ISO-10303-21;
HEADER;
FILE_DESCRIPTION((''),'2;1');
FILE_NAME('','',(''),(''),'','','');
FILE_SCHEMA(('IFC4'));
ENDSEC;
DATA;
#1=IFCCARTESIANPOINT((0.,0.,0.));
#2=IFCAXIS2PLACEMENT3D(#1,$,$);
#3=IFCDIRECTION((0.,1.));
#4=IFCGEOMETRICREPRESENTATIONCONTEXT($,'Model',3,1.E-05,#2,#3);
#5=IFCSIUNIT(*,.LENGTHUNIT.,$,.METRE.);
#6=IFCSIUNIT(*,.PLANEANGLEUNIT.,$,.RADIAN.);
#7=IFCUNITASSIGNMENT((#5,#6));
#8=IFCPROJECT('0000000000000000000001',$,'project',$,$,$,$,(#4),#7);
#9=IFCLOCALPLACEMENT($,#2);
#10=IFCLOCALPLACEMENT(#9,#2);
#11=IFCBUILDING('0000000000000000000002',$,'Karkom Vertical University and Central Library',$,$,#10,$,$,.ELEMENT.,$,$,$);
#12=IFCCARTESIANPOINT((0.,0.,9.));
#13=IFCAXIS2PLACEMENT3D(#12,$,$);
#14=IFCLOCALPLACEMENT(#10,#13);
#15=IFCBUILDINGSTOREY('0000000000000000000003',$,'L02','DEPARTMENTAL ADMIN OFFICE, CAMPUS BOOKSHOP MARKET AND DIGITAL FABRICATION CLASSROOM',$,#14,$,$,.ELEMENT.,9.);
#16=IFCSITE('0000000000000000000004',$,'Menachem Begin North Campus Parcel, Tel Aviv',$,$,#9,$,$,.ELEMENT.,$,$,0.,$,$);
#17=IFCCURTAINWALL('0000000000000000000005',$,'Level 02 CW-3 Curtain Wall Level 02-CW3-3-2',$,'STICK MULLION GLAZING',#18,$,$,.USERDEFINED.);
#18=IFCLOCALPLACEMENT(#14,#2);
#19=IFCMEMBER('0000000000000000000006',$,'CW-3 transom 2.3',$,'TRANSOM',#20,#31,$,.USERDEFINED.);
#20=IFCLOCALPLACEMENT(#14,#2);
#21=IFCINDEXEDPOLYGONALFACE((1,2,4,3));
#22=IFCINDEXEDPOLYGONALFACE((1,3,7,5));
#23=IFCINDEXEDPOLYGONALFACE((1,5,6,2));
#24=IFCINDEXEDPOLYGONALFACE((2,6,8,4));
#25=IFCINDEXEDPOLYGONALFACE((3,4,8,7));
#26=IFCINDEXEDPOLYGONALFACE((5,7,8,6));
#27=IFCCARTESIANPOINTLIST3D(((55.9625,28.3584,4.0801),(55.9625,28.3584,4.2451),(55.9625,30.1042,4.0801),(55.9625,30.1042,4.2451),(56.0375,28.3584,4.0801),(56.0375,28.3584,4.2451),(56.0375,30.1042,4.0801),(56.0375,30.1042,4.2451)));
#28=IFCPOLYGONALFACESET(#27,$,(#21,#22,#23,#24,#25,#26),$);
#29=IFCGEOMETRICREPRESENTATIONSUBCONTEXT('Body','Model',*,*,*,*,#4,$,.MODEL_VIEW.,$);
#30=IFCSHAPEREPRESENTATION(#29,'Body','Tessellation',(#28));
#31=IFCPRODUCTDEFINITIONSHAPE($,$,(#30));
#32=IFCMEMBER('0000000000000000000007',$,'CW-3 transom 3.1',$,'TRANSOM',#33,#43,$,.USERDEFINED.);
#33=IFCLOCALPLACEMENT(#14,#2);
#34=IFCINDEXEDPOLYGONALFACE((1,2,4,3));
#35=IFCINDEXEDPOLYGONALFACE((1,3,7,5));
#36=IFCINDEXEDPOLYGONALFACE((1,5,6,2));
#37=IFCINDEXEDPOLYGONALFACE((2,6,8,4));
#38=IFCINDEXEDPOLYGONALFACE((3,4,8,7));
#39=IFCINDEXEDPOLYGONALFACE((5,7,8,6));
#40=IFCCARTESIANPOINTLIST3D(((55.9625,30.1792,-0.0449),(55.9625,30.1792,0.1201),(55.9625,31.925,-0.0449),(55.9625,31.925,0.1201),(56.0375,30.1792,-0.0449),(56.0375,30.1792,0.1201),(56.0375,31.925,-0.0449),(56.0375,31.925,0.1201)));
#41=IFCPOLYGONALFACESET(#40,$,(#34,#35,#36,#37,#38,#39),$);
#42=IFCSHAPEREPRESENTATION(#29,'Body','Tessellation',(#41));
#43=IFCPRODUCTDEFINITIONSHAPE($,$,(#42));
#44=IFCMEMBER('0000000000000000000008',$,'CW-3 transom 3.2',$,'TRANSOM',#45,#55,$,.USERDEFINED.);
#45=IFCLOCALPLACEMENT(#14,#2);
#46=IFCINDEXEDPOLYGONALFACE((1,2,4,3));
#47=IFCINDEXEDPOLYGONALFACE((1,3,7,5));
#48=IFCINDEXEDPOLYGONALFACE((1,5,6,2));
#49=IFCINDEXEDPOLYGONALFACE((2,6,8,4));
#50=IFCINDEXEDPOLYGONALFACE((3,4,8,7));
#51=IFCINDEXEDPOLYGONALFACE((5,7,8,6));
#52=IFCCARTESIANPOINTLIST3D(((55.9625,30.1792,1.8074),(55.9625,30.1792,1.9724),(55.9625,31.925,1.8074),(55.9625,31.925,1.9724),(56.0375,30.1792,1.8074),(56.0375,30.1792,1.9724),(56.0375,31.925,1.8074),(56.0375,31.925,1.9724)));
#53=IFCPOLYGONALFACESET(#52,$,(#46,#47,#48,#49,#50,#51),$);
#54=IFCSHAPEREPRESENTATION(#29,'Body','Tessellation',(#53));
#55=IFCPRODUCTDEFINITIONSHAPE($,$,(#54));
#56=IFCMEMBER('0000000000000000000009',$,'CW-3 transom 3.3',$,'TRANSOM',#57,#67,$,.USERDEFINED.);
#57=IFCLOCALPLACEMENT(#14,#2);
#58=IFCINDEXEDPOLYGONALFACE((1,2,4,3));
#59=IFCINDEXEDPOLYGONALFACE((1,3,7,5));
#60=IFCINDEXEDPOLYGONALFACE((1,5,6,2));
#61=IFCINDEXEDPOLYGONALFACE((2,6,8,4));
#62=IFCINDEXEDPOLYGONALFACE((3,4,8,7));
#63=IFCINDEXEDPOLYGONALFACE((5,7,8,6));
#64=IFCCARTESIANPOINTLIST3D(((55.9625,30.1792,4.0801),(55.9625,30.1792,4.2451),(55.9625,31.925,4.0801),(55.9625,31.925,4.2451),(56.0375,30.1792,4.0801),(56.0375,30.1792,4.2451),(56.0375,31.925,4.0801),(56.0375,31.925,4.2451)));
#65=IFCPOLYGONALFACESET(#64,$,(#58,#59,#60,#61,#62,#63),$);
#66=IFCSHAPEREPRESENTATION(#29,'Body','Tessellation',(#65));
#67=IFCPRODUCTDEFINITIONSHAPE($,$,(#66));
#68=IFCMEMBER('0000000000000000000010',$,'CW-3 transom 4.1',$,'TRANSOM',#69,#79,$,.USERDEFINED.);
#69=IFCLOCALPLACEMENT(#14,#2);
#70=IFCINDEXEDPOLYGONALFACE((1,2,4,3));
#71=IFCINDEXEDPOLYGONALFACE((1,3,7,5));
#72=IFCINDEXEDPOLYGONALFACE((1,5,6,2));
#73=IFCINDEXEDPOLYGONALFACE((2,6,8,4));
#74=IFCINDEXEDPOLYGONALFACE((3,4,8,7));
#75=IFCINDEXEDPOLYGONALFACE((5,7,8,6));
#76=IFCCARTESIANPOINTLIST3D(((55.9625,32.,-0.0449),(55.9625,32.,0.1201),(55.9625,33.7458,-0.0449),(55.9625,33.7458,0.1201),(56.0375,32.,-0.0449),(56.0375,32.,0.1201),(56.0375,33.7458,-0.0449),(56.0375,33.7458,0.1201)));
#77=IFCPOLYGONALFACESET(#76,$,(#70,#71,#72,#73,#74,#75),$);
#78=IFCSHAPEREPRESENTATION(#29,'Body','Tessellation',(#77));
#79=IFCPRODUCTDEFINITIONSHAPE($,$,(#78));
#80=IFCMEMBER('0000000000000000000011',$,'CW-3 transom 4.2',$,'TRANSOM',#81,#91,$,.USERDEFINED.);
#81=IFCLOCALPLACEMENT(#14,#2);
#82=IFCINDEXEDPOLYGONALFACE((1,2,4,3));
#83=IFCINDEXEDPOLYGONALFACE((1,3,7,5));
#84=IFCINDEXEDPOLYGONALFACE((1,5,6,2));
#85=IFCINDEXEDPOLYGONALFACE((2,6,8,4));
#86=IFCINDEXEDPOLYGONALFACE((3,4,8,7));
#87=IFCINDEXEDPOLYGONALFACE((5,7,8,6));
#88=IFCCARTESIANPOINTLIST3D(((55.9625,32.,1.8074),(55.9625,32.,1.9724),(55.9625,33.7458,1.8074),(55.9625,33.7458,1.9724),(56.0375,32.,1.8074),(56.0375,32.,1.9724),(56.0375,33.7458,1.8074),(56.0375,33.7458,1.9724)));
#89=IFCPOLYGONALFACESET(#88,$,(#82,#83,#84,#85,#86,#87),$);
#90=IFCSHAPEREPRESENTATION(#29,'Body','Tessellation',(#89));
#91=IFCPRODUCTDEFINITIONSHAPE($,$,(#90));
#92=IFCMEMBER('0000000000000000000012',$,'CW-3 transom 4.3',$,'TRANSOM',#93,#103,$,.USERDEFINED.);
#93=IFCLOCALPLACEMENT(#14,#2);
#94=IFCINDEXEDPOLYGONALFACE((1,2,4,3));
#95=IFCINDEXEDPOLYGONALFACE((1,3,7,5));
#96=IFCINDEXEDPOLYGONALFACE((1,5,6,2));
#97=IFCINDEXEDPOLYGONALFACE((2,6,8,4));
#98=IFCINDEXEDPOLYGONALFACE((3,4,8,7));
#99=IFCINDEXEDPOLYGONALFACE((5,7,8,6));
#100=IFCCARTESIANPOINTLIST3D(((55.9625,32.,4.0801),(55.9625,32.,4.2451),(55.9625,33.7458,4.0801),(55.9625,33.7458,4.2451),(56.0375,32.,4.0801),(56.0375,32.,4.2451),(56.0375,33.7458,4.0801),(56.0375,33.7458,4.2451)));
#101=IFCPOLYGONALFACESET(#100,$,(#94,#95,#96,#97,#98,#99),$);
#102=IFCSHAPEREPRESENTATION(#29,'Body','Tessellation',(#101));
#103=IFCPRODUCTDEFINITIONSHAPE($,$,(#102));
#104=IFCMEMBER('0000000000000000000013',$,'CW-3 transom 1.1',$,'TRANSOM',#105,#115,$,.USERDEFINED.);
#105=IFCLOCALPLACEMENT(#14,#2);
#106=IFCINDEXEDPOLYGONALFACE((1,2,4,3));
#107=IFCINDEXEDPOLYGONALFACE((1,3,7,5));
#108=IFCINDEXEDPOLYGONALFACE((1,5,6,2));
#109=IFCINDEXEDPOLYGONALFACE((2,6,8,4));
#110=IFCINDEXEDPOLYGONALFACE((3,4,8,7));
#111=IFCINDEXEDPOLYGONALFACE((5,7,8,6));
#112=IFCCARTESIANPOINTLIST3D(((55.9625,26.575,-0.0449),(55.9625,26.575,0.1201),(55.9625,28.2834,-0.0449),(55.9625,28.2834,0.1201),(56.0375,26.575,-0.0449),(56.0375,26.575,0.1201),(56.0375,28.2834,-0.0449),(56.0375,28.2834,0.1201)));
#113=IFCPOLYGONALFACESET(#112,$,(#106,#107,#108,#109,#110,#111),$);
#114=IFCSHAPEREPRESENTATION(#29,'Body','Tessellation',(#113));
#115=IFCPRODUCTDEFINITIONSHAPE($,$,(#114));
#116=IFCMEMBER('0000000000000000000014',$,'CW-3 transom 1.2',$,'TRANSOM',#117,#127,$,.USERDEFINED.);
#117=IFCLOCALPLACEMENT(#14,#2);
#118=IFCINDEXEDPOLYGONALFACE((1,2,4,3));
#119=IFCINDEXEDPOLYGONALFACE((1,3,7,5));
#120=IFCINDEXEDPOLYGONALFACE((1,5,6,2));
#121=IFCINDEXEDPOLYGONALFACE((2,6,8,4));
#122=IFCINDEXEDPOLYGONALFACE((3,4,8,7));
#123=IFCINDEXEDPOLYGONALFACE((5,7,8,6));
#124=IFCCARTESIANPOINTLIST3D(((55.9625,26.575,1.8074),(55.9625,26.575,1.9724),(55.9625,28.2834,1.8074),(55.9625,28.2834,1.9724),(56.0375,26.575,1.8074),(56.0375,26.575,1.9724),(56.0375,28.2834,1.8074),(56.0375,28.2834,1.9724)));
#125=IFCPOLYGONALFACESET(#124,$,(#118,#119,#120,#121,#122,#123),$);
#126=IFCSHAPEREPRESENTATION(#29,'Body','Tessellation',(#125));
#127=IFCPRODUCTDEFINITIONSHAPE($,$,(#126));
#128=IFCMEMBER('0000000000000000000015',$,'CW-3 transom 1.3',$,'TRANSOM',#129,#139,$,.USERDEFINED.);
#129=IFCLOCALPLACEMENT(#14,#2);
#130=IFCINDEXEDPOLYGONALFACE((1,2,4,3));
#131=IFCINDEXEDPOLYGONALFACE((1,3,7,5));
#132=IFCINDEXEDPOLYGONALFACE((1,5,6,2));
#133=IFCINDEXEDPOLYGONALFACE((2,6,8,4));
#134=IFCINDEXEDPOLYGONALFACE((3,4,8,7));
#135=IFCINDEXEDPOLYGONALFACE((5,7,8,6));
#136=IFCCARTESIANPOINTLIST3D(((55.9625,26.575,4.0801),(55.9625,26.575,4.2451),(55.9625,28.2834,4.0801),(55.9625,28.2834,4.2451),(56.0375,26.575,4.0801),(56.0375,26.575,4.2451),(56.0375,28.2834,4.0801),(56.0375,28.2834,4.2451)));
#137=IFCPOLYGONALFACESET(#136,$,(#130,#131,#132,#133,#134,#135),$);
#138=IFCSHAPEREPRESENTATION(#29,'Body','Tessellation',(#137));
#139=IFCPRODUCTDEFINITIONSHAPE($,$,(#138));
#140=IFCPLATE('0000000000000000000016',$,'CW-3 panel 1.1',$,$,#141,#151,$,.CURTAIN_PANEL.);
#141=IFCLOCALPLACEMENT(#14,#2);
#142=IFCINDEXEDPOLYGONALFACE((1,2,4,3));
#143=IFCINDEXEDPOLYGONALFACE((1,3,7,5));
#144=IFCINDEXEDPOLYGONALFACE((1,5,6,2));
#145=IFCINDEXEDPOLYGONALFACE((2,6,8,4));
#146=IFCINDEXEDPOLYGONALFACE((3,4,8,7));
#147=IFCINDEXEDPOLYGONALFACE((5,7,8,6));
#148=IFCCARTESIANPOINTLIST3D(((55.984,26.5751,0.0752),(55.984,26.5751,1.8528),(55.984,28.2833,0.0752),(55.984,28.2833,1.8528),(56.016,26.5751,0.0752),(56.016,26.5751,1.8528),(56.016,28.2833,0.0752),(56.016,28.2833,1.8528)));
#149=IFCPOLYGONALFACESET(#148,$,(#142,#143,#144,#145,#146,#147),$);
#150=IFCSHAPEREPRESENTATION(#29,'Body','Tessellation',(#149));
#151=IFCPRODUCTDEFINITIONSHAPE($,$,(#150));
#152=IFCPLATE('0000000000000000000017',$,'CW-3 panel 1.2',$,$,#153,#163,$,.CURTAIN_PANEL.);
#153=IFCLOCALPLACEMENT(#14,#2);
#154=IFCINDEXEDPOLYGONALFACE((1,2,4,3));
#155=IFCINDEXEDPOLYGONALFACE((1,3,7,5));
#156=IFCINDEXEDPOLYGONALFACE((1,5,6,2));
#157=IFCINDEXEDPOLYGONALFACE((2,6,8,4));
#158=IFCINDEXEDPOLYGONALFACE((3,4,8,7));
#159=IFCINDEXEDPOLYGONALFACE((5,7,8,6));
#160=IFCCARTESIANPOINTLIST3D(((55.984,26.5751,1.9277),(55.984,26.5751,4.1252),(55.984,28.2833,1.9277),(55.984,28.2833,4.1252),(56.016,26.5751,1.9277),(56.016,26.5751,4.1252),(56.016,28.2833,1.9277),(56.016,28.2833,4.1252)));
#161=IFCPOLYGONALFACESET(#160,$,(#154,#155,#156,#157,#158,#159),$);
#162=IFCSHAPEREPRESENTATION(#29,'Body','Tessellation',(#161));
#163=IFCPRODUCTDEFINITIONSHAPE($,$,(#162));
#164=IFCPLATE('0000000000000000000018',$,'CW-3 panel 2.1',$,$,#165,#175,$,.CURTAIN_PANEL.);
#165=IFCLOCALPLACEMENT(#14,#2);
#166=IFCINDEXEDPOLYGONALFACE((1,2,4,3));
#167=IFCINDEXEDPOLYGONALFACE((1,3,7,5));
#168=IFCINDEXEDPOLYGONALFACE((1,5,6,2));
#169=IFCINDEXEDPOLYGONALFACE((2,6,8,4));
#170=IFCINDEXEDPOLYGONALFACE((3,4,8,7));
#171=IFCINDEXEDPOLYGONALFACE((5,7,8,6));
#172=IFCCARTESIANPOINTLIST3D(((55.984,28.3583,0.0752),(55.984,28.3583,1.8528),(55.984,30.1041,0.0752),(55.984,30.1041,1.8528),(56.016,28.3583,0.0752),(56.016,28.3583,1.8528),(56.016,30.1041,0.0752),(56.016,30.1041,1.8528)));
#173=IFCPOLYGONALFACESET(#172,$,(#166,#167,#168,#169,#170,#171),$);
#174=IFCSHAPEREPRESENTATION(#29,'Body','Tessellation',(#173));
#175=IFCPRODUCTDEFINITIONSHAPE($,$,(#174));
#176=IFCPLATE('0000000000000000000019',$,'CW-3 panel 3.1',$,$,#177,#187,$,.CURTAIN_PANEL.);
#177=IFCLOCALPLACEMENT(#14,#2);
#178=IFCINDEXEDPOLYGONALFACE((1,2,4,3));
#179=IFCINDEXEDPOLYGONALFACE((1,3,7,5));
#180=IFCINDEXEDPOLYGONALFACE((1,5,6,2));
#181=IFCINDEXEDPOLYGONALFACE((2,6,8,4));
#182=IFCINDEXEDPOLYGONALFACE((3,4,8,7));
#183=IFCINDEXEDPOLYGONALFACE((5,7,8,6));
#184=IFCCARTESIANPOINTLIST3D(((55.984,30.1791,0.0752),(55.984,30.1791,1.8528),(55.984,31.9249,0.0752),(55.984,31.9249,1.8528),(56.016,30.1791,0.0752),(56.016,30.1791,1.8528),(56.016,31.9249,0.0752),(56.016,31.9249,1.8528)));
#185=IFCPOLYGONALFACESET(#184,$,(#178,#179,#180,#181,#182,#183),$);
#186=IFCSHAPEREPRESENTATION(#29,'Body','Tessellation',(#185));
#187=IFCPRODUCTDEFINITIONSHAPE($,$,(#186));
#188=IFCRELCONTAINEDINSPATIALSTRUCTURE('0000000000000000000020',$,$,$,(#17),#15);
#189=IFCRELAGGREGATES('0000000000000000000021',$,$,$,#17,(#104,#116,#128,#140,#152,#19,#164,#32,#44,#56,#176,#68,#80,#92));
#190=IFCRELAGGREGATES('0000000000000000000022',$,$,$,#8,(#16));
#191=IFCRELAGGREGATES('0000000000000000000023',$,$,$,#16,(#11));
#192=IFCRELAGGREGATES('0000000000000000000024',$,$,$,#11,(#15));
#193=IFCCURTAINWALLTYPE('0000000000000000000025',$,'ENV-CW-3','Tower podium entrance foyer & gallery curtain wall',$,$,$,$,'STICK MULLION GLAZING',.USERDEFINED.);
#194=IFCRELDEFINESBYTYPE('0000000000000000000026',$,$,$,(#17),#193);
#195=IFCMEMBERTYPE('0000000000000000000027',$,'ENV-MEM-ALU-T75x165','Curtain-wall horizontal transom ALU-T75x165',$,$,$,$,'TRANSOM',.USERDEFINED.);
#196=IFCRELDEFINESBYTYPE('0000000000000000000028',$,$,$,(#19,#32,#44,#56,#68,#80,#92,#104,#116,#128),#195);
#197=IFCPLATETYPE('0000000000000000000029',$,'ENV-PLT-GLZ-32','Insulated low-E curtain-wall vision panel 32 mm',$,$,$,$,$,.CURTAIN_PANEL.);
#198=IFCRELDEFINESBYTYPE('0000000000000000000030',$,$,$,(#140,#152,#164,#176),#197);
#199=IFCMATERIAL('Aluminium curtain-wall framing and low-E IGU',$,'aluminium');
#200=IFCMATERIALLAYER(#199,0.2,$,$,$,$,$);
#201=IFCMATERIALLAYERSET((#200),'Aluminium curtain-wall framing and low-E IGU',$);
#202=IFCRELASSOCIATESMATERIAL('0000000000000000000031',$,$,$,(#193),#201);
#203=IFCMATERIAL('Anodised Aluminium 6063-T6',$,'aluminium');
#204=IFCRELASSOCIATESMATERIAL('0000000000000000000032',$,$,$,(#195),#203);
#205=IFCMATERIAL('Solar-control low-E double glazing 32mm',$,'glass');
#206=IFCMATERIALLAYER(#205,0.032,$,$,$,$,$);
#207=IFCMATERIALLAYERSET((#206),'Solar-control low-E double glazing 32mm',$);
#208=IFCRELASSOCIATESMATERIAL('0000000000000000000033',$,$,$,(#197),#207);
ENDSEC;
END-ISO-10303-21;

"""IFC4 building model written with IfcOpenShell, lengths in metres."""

from ifc_helpers import new_model, si_unit, direction, frame, origin, origin_with_axes, origin_2d, place, context, subcontext, project, spatial, rectangle, extrude, source, transform, mapped, material, layer, layer_set, material_profile, profile_set, type_object, element, aggregate, save


model = new_model("IFC4")

# Units and contexts
model_context = context("Model", 3, precision=1e-05, world=origin(), true_north=direction((0.0, 1.0)))
body_context = subcontext(model_context, "Body", "Model", "MODEL_VIEW")
ifc_project = project(units=[si_unit("LENGTHUNIT", "METRE"), si_unit("PLANEANGLEUNIT", "RADIAN")], contexts=[model_context])

# Site, building, storey
site_placement = place(None, origin())
site = spatial("IfcSite", under=ifc_project, at=site_placement, Name="Menachem Begin North Campus Parcel, Tel Aviv", CompositionType="ELEMENT", RefElevation=0.0)
building_placement = place(site_placement, origin())
building = spatial("IfcBuilding", under=site, at=building_placement, Name="Karkom Vertical University and Central Library", CompositionType="ELEMENT")
storey_placement = place(building_placement, frame((0.0, 0.0, 9.0)))
storey = spatial("IfcBuildingStorey", under=building, at=storey_placement, Name="L02", Description="DEPARTMENTAL ADMIN OFFICE, CAMPUS BOOKSHOP MARKET AND DIGITAL FABRICATION CLASSROOM", CompositionType="ELEMENT", Elevation=9.0)

# Curtain wall, members, plates
ifc_material_1 = material(Name="Aluminium curtain-wall framing and low-E IGU", Category="aluminium")
ifc_layer_1 = layer(ifc_material_1, 0.2)
ifc_layer_set_1 = layer_set([ifc_layer_1], Name="Aluminium curtain-wall framing and low-E IGU")
curtain_wall_type = type_object("IfcCurtainWallType", Name="ENV-CW-3", Description="Tower podium entrance foyer & gallery curtain wall", ElementType="STICK MULLION GLAZING", PredefinedType="USERDEFINED", material=ifc_layer_set_1)
curtain_wall_placement = place(storey_placement, origin())
curtain_wall = element("IfcCurtainWall", 1, at=curtain_wall_placement, inside=storey, type_object=curtain_wall_type, Name="Level 02 CW-3 Curtain Wall Level 02-CW3-3-2", ObjectType="STICK MULLION GLAZING", PredefinedType="USERDEFINED")
ifc_material_2 = material(Name="Anodised Aluminium 6063-T6", Category="aluminium")
ifc_material_profile_1 = material_profile(ifc_material_2, rectangle(XDim=0.075, YDim=0.165, at=origin_2d()), Name="ALU-T75x165")
ifc_profile_set_1 = profile_set([ifc_material_profile_1], Name="Anodised Aluminium 6063-T6")
member_type_1 = type_object("IfcMemberType", Name="ENV-MEM-ALU-T75x165", Description="Curtain-wall horizontal transom ALU-T75x165", ElementType="TRANSOM", PredefinedType="USERDEFINED", material=ifc_profile_set_1)
shared_shape_1 = source(origin_with_axes(), body_context, "Body", "SweptSolid", [
    extrude(rectangle(XDim=0.075, YDim=0.165, at=origin_2d()), origin(), (0.0, 0.0, 1.0), 1.7458),
])
member_1_placement = place(storey_placement, frame((56.0, 28.3584, 4.1626), z_axis=(0.0, 1.0, 0.0), x_axis=(-1.0, 0.0, 0.0)))
member_1 = element("IfcMember", 2, at=member_1_placement, type_object=member_type_1, Name="CW-3 transom 2.3", ObjectType="TRANSOM", PredefinedType="USERDEFINED", context=body_context, shape_type="MappedRepresentation", body=[
    mapped(shared_shape_1, transform((0.0, 0.0, 0.0), scale=1.0)),
])
member_2_placement = place(storey_placement, frame((56.0, 30.1792, 0.0376), z_axis=(0.0, 1.0, 0.0), x_axis=(-1.0, 0.0, 0.0)))
member_2 = element("IfcMember", 3, at=member_2_placement, type_object=member_type_1, Name="CW-3 transom 3.1", ObjectType="TRANSOM", PredefinedType="USERDEFINED", context=body_context, shape_type="MappedRepresentation", body=[
    mapped(shared_shape_1, transform((0.0, 0.0, 0.0), scale=1.0)),
])
member_3_placement = place(storey_placement, frame((56.0, 30.1792, 1.8899), z_axis=(0.0, 1.0, 0.0), x_axis=(-1.0, 0.0, 0.0)))
member_3 = element("IfcMember", 4, at=member_3_placement, type_object=member_type_1, Name="CW-3 transom 3.2", ObjectType="TRANSOM", PredefinedType="USERDEFINED", context=body_context, shape_type="MappedRepresentation", body=[
    mapped(shared_shape_1, transform((0.0, 0.0, 0.0), scale=1.0)),
])
member_4_placement = place(storey_placement, frame((56.0, 30.1792, 4.1626), z_axis=(0.0, 1.0, 0.0), x_axis=(-1.0, 0.0, 0.0)))
member_4 = element("IfcMember", 5, at=member_4_placement, type_object=member_type_1, Name="CW-3 transom 3.3", ObjectType="TRANSOM", PredefinedType="USERDEFINED", context=body_context, shape_type="MappedRepresentation", body=[
    mapped(shared_shape_1, transform((0.0, 0.0, 0.0), scale=1.0)),
])
member_5_placement = place(storey_placement, frame((56.0, 32.0, 0.0376), z_axis=(0.0, 1.0, 0.0), x_axis=(-1.0, 0.0, 0.0)))
member_5 = element("IfcMember", 6, at=member_5_placement, type_object=member_type_1, Name="CW-3 transom 4.1", ObjectType="TRANSOM", PredefinedType="USERDEFINED", context=body_context, shape_type="MappedRepresentation", body=[
    mapped(shared_shape_1, transform((0.0, 0.0, 0.0), scale=1.0)),
])
member_6_placement = place(storey_placement, frame((56.0, 32.0, 1.8899), z_axis=(0.0, 1.0, 0.0), x_axis=(-1.0, 0.0, 0.0)))
member_6 = element("IfcMember", 7, at=member_6_placement, type_object=member_type_1, Name="CW-3 transom 4.2", ObjectType="TRANSOM", PredefinedType="USERDEFINED", context=body_context, shape_type="MappedRepresentation", body=[
    mapped(shared_shape_1, transform((0.0, 0.0, 0.0), scale=1.0)),
])
member_7_placement = place(storey_placement, frame((56.0, 32.0, 4.1626), z_axis=(0.0, 1.0, 0.0), x_axis=(-1.0, 0.0, 0.0)))
member_7 = element("IfcMember", 8, at=member_7_placement, type_object=member_type_1, Name="CW-3 transom 4.3", ObjectType="TRANSOM", PredefinedType="USERDEFINED", context=body_context, shape_type="MappedRepresentation", body=[
    mapped(shared_shape_1, transform((0.0, 0.0, 0.0), scale=1.0)),
])
shared_shape_2 = source(origin_with_axes(), body_context, "Body", "SweptSolid", [
    extrude(rectangle(XDim=0.075, YDim=0.165, at=origin_2d()), origin(), (0.0, 0.0, 1.0), 1.7085),
])
member_8_placement = place(storey_placement, frame((56.0, 26.575, 0.0376), z_axis=(0.0, 1.0, 0.0), x_axis=(-1.0, 0.0, 0.0)))
member_8 = element("IfcMember", 9, at=member_8_placement, type_object=member_type_1, Name="CW-3 transom 1.1", ObjectType="TRANSOM", PredefinedType="USERDEFINED", context=body_context, shape_type="MappedRepresentation", body=[
    mapped(shared_shape_2, transform((0.0, 0.0, 0.0), scale=1.0)),
])
member_9_placement = place(storey_placement, frame((56.0, 26.575, 1.8899), z_axis=(0.0, 1.0, 0.0), x_axis=(-1.0, 0.0, 0.0)))
member_9 = element("IfcMember", 10, at=member_9_placement, type_object=member_type_1, Name="CW-3 transom 1.2", ObjectType="TRANSOM", PredefinedType="USERDEFINED", context=body_context, shape_type="MappedRepresentation", body=[
    mapped(shared_shape_2, transform((0.0, 0.0, 0.0), scale=1.0)),
])
member_10_placement = place(storey_placement, frame((56.0, 26.575, 4.1626), z_axis=(0.0, 1.0, 0.0), x_axis=(-1.0, 0.0, 0.0)))
member_10 = element("IfcMember", 11, at=member_10_placement, type_object=member_type_1, Name="CW-3 transom 1.3", ObjectType="TRANSOM", PredefinedType="USERDEFINED", context=body_context, shape_type="MappedRepresentation", body=[
    mapped(shared_shape_2, transform((0.0, 0.0, 0.0), scale=1.0)),
])
ifc_material_3 = material(Name="Solar-control low-E double glazing 32mm", Category="glass")
ifc_layer_2 = layer(ifc_material_3, 0.032)
ifc_layer_set_2 = layer_set([ifc_layer_2], Name="Solar-control low-E double glazing 32mm")
plate_type = type_object("IfcPlateType", Name="ENV-PLT-GLZ-32", Description="Insulated low-E curtain-wall vision panel 32 mm", PredefinedType="CURTAIN_PANEL", material=ifc_layer_set_2)
shared_shape_3 = source(origin_with_axes(), body_context, "Body", "SweptSolid", [
    extrude(rectangle(XDim=1.7083, YDim=0.032, at=origin_2d()), origin(), (0.0, 0.0, 1.0), 1.7776),
])
plate_1_placement = place(storey_placement, frame((56.0, 27.4292, 0.0752), z_axis=(0.0, 0.0, 1.0), x_axis=(0.0, 1.0, 0.0)))
plate_1 = element("IfcPlate", 12, at=plate_1_placement, type_object=plate_type, Name="CW-3 panel 1.1", PredefinedType="CURTAIN_PANEL", context=body_context, shape_type="MappedRepresentation", body=[
    mapped(shared_shape_3, transform((0.0, 0.0, 0.0), scale=1.0)),
])
shared_shape_4 = source(origin_with_axes(), body_context, "Body", "SweptSolid", [
    extrude(rectangle(XDim=1.7083, YDim=0.032, at=origin_2d()), origin(), (0.0, 0.0, 1.0), 2.1975),
])
plate_2_placement = place(storey_placement, frame((56.0, 27.4292, 1.9277), z_axis=(0.0, 0.0, 1.0), x_axis=(0.0, 1.0, 0.0)))
plate_2 = element("IfcPlate", 13, at=plate_2_placement, type_object=plate_type, Name="CW-3 panel 1.2", PredefinedType="CURTAIN_PANEL", context=body_context, shape_type="MappedRepresentation", body=[
    mapped(shared_shape_4, transform((0.0, 0.0, 0.0), scale=1.0)),
])
shared_shape_5 = source(origin_with_axes(), body_context, "Body", "SweptSolid", [
    extrude(rectangle(XDim=1.7458, YDim=0.032, at=origin_2d()), origin(), (0.0, 0.0, 1.0), 1.7776),
])
plate_3_placement = place(storey_placement, frame((56.0, 29.2312, 0.0752), z_axis=(0.0, 0.0, 1.0), x_axis=(0.0, 1.0, 0.0)))
plate_3 = element("IfcPlate", 14, at=plate_3_placement, type_object=plate_type, Name="CW-3 panel 2.1", PredefinedType="CURTAIN_PANEL", context=body_context, shape_type="MappedRepresentation", body=[
    mapped(shared_shape_5, transform((0.0, 0.0, 0.0), scale=1.0)),
])
plate_4_placement = place(storey_placement, frame((56.0, 31.052, 0.0752), z_axis=(0.0, 0.0, 1.0), x_axis=(0.0, 1.0, 0.0)))
plate_4 = element("IfcPlate", 15, at=plate_4_placement, type_object=plate_type, Name="CW-3 panel 3.1", PredefinedType="CURTAIN_PANEL", context=body_context, shape_type="MappedRepresentation", body=[
    mapped(shared_shape_5, transform((0.0, 0.0, 0.0), scale=1.0)),
])
aggregate(curtain_wall, [member_8, member_9, member_10, plate_1, plate_2, member_1, plate_3, member_2, member_3, member_4, plate_4, member_5, member_6, member_7])

save(model, "model.ifc")
